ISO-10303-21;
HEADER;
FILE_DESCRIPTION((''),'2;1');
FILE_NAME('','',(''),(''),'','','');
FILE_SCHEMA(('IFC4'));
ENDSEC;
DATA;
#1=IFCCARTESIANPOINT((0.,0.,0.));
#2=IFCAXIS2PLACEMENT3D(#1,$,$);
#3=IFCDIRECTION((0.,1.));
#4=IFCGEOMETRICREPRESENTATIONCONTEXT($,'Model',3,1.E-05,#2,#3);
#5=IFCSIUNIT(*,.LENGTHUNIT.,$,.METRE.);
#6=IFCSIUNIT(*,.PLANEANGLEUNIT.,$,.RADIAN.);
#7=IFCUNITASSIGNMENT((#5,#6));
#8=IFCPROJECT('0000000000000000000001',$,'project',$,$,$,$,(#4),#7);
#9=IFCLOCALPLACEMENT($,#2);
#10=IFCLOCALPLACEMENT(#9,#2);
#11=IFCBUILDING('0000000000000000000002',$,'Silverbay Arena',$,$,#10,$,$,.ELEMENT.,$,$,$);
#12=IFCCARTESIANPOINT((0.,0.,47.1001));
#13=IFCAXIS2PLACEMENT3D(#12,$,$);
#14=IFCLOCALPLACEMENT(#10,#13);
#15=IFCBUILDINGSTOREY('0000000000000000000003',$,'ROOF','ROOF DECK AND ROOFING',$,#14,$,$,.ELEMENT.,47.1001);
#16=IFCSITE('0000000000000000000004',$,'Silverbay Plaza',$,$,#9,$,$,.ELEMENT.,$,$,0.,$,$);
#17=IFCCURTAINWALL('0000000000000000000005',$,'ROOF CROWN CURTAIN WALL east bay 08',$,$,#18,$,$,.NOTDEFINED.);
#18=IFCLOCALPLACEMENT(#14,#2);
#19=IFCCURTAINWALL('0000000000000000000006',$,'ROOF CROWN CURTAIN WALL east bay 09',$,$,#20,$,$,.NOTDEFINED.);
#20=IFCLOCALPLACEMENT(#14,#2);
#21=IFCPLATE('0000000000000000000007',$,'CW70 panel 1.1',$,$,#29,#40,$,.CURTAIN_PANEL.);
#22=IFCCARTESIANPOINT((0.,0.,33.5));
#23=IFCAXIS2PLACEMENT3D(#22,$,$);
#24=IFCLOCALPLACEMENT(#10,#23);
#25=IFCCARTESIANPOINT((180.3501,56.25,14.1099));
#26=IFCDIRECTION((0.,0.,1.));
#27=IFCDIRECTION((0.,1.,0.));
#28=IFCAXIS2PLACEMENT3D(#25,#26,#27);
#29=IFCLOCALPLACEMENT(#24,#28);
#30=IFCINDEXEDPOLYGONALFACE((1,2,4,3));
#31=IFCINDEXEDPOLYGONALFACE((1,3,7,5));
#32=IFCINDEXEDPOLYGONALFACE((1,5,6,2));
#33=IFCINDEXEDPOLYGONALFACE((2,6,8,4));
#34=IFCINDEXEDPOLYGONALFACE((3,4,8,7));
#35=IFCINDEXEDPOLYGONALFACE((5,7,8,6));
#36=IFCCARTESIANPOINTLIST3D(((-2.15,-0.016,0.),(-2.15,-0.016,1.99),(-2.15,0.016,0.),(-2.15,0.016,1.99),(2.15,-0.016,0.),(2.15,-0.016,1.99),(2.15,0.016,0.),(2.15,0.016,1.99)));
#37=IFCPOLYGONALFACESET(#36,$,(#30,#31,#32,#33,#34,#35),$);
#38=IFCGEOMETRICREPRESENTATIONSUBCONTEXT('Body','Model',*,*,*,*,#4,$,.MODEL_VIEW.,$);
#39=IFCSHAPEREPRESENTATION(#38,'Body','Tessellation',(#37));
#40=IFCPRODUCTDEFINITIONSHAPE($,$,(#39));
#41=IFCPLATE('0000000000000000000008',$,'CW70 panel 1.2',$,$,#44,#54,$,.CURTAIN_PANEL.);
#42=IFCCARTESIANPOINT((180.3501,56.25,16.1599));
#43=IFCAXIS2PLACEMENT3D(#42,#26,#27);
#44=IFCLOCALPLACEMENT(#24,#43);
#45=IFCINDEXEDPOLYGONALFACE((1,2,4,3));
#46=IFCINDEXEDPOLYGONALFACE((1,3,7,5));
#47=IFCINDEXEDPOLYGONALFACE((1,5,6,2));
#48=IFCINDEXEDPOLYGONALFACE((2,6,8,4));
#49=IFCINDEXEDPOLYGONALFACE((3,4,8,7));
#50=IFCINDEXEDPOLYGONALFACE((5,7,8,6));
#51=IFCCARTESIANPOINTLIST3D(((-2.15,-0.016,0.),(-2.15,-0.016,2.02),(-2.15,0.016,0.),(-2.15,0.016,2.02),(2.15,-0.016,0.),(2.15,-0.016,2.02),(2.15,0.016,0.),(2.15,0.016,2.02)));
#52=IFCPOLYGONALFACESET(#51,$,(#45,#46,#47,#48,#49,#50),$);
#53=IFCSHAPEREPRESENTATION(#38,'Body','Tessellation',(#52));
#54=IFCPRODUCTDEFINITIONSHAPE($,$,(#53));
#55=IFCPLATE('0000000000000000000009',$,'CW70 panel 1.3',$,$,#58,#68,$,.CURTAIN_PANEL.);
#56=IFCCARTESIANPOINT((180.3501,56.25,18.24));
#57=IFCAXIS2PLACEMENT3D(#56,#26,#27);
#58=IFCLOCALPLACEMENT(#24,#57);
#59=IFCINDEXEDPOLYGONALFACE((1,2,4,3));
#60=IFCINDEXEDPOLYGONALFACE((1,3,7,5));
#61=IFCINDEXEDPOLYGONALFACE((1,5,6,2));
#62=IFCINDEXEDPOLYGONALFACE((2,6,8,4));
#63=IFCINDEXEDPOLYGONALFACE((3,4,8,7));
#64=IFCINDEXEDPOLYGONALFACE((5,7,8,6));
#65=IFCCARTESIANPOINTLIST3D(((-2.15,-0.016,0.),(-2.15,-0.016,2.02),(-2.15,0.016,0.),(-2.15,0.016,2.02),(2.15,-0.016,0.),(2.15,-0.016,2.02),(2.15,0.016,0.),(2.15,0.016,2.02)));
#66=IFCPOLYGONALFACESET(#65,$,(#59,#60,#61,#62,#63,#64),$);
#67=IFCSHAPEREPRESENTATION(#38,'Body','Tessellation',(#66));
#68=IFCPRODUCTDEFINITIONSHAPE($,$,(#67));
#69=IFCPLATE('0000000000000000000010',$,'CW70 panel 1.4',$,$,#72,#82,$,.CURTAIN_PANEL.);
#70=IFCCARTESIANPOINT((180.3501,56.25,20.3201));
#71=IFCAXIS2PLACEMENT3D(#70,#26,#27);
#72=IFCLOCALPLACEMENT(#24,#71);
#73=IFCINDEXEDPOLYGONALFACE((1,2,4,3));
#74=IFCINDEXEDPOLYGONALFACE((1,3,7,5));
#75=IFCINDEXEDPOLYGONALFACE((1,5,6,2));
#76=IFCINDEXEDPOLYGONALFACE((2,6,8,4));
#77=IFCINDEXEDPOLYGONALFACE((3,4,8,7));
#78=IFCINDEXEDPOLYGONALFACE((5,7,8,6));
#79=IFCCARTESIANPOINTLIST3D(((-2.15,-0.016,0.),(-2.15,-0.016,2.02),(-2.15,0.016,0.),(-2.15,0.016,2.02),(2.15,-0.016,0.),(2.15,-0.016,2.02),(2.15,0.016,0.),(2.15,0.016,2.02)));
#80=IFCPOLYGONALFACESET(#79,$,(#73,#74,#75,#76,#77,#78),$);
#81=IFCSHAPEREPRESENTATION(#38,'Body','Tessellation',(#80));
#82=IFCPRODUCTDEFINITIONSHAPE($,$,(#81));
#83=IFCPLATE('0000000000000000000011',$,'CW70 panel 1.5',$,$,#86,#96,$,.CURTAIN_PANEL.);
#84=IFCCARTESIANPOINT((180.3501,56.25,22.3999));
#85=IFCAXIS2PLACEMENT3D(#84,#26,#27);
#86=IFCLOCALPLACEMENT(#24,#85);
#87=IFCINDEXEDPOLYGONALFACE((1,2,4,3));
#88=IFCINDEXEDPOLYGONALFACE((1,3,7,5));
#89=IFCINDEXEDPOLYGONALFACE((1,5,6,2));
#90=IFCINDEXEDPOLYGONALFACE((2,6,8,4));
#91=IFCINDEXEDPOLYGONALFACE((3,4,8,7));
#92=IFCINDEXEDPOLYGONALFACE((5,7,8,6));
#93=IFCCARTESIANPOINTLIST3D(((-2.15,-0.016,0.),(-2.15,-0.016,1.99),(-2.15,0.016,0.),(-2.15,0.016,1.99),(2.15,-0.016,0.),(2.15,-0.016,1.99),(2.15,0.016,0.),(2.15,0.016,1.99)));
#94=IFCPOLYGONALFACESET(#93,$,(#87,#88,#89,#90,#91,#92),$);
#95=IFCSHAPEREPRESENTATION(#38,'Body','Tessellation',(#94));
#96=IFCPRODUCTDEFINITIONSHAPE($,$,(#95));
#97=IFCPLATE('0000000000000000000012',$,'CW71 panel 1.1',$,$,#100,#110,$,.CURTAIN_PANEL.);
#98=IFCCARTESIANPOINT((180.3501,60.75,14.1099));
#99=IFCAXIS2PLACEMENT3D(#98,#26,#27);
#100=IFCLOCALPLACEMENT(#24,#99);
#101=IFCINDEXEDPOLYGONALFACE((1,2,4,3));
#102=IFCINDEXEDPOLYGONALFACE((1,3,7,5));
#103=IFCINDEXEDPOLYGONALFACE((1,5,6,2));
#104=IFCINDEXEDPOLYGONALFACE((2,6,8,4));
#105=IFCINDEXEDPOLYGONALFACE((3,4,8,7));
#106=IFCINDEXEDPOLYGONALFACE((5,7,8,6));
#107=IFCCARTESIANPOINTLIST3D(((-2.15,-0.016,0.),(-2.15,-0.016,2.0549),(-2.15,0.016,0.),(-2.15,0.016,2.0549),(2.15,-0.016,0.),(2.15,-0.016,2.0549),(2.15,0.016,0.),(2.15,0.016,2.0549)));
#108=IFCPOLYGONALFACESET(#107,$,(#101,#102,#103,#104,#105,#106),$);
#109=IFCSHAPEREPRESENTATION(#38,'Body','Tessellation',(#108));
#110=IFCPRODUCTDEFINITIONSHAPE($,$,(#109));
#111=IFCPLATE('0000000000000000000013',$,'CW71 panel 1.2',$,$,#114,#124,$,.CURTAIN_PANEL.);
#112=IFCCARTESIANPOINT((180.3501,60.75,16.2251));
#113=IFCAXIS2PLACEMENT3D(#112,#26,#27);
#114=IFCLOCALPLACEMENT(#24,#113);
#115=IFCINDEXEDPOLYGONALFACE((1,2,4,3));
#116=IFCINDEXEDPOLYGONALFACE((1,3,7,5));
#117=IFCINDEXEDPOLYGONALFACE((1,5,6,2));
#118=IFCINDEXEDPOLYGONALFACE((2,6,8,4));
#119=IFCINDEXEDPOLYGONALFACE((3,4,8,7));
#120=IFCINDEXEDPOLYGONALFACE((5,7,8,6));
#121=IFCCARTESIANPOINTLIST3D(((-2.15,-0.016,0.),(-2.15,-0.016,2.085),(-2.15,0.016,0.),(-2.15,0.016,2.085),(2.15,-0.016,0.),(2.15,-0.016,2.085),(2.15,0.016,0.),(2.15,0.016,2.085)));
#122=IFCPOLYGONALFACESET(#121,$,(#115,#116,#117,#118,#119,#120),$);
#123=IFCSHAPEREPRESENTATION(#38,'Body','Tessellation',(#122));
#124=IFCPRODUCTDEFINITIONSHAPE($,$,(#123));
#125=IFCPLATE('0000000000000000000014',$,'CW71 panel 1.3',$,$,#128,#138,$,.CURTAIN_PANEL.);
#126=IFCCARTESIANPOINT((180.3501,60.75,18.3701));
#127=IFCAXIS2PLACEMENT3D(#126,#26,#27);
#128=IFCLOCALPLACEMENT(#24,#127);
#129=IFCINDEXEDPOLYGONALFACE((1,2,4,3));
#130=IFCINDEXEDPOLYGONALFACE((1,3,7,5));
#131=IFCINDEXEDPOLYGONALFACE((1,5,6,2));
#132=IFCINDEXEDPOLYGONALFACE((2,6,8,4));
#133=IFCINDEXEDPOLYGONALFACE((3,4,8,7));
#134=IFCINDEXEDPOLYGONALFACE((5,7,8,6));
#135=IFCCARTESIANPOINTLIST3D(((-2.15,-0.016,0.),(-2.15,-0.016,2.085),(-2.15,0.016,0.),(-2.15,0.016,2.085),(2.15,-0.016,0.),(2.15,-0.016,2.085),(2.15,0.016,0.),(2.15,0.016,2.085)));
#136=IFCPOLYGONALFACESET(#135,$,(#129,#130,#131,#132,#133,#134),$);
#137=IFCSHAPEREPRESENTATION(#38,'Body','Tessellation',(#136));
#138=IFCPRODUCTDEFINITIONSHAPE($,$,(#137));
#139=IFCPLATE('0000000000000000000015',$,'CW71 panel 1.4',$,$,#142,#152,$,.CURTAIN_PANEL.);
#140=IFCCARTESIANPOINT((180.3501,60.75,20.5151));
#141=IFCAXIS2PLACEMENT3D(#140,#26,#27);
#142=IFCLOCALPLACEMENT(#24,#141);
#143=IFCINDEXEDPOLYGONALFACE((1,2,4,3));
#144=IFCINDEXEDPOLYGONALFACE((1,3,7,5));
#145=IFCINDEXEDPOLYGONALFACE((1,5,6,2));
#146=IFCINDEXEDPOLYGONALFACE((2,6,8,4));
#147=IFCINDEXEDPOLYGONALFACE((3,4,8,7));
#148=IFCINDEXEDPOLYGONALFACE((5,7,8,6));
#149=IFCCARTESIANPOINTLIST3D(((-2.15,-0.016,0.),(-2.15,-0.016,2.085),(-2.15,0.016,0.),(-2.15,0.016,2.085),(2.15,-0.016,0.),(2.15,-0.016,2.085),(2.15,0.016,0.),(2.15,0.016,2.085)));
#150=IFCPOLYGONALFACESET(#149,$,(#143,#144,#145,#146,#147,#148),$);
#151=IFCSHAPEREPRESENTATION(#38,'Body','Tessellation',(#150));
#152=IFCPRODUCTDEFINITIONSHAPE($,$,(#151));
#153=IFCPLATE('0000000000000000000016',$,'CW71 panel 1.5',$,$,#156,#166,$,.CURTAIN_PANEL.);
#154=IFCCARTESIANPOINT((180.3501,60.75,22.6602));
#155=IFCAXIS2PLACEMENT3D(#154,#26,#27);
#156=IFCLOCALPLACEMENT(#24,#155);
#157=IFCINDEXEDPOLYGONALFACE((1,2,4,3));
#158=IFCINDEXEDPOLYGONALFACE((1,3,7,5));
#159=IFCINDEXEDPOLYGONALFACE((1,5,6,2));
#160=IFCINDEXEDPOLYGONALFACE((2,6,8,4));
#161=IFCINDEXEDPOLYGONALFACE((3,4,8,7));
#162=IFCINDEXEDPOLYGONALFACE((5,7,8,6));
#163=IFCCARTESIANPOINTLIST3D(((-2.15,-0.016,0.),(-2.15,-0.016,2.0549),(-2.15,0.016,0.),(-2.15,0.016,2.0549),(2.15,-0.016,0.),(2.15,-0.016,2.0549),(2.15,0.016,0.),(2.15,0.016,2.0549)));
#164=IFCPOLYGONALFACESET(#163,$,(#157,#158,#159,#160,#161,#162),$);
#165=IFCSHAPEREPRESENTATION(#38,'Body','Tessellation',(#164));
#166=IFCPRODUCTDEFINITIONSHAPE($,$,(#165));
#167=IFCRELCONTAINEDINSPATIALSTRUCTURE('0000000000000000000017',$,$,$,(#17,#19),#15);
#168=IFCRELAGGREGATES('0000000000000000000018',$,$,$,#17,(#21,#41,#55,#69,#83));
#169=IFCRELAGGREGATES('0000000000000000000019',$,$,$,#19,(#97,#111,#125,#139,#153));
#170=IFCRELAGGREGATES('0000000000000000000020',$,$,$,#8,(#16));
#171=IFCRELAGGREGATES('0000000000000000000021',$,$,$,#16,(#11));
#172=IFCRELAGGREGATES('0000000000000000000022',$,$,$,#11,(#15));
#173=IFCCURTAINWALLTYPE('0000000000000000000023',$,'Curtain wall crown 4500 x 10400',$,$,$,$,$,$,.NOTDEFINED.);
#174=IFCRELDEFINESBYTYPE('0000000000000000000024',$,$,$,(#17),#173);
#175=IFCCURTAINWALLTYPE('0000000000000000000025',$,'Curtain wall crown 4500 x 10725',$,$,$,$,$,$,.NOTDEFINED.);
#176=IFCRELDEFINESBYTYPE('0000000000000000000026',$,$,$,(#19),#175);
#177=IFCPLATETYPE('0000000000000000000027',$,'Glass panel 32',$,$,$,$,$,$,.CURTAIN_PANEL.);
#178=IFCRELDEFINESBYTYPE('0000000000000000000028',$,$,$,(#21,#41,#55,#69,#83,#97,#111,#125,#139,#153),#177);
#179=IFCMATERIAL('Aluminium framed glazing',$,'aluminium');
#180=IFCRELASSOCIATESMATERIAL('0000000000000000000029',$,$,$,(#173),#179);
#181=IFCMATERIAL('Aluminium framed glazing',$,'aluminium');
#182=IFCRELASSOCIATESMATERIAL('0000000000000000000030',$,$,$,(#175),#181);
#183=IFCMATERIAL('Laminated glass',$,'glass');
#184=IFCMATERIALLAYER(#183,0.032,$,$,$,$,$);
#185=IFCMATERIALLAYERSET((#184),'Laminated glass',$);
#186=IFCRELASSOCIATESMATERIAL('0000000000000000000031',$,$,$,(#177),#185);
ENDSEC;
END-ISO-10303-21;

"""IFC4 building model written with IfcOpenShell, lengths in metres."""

from ifc_helpers import new_model, si_unit, direction, frame, origin, origin_2d, place, context, subcontext, project, spatial, rectangle, extrude, material, layer, layer_set, type_object, element, aggregate, save


model = new_model("IFC4")

# Units and contexts
model_context = context("Model", 3, precision=1e-05, world=origin(), true_north=direction((0.0, 1.0)))
body_context = subcontext(model_context, "Body", "Model", "MODEL_VIEW")
ifc_project = project(units=[si_unit("LENGTHUNIT", "METRE"), si_unit("PLANEANGLEUNIT", "RADIAN")], contexts=[model_context])

# Site, building, storey
site_placement = place(None, origin())
site = spatial("IfcSite", under=ifc_project, at=site_placement, Name="Silverbay Plaza", CompositionType="ELEMENT", RefElevation=0.0)
building_placement = place(site_placement, origin())
building = spatial("IfcBuilding", under=site, at=building_placement, Name="Silverbay Arena", CompositionType="ELEMENT")
storey_placement = place(building_placement, frame((0.0, 0.0, 47.1001)))
storey = spatial("IfcBuildingStorey", under=building, at=storey_placement, Name="ROOF", Description="ROOF DECK AND ROOFING", CompositionType="ELEMENT", Elevation=47.1001)

# Curtain wall
ifc_material_1 = material(Name="Aluminium framed glazing", Category="aluminium")
curtain_wall_type_1 = type_object("IfcCurtainWallType", Name="Curtain wall crown 4500 x 10400", PredefinedType="NOTDEFINED", material=ifc_material_1)
curtain_wall_1_placement = place(storey_placement, origin())
curtain_wall_1 = element("IfcCurtainWall", 1, at=curtain_wall_1_placement, inside=storey, type_object=curtain_wall_type_1, Name="ROOF CROWN CURTAIN WALL east bay 08", PredefinedType="NOTDEFINED")
placement = place(building_placement, frame((0.0, 0.0, 33.5)))

# Curtain wall
ifc_material_2 = material(Name="Aluminium framed glazing", Category="aluminium")
curtain_wall_type_2 = type_object("IfcCurtainWallType", Name="Curtain wall crown 4500 x 10725", PredefinedType="NOTDEFINED", material=ifc_material_2)
curtain_wall_2_placement = place(storey_placement, origin())
curtain_wall_2 = element("IfcCurtainWall", 2, at=curtain_wall_2_placement, inside=storey, type_object=curtain_wall_type_2, Name="ROOF CROWN CURTAIN WALL east bay 09", PredefinedType="NOTDEFINED")

# Plates
ifc_material_3 = material(Name="Laminated glass", Category="glass")
ifc_layer_1 = layer(ifc_material_3, 0.032)
ifc_layer_set_1 = layer_set([ifc_layer_1], Name="Laminated glass")
plate_type = type_object("IfcPlateType", Name="Glass panel 32", PredefinedType="CURTAIN_PANEL", material=ifc_layer_set_1)
plate_1_placement = place(placement, frame((180.3501, 56.25, 14.1099), z_axis=(0.0, 0.0, 1.0), x_axis=(0.0, 1.0, 0.0)))
plate_1 = element("IfcPlate", 3, at=plate_1_placement, type_object=plate_type, Name="CW70 panel 1.1", PredefinedType="CURTAIN_PANEL", context=body_context, shape_type="SweptSolid", body=[
    extrude(rectangle(XDim=4.3, YDim=0.032, at=origin_2d()), origin(), (0.0, 0.0, 1.0), 1.99),
])
plate_2_placement = place(placement, frame((180.3501, 56.25, 16.1599), z_axis=(0.0, 0.0, 1.0), x_axis=(0.0, 1.0, 0.0)))
plate_2 = element("IfcPlate", 4, at=plate_2_placement, type_object=plate_type, Name="CW70 panel 1.2", PredefinedType="CURTAIN_PANEL", context=body_context, shape_type="SweptSolid", body=[
    extrude(rectangle(XDim=4.3, YDim=0.032, at=origin_2d()), origin(), (0.0, 0.0, 1.0), 2.02),
])
plate_3_placement = place(placement, frame((180.3501, 56.25, 18.24), z_axis=(0.0, 0.0, 1.0), x_axis=(0.0, 1.0, 0.0)))
plate_3 = element("IfcPlate", 5, at=plate_3_placement, type_object=plate_type, Name="CW70 panel 1.3", PredefinedType="CURTAIN_PANEL", context=body_context, shape_type="SweptSolid", body=[
    extrude(rectangle(XDim=4.3, YDim=0.032, at=origin_2d()), origin(), (0.0, 0.0, 1.0), 2.02),
])
plate_4_placement = place(placement, frame((180.3501, 56.25, 20.3201), z_axis=(0.0, 0.0, 1.0), x_axis=(0.0, 1.0, 0.0)))
plate_4 = element("IfcPlate", 6, at=plate_4_placement, type_object=plate_type, Name="CW70 panel 1.4", PredefinedType="CURTAIN_PANEL", context=body_context, shape_type="SweptSolid", body=[
    extrude(rectangle(XDim=4.3, YDim=0.032, at=origin_2d()), origin(), (0.0, 0.0, 1.0), 2.02),
])
plate_5_placement = place(placement, frame((180.3501, 56.25, 22.3999), z_axis=(0.0, 0.0, 1.0), x_axis=(0.0, 1.0, 0.0)))
plate_5 = element("IfcPlate", 7, at=plate_5_placement, type_object=plate_type, Name="CW70 panel 1.5", PredefinedType="CURTAIN_PANEL", context=body_context, shape_type="SweptSolid", body=[
    extrude(rectangle(XDim=4.3, YDim=0.032, at=origin_2d()), origin(), (0.0, 0.0, 1.0), 1.99),
])
aggregate(curtain_wall_1, [plate_1, plate_2, plate_3, plate_4, plate_5])
plate_6_placement = place(placement, frame((180.3501, 60.75, 14.1099), z_axis=(0.0, 0.0, 1.0), x_axis=(0.0, 1.0, 0.0)))
plate_6 = element("IfcPlate", 8, at=plate_6_placement, type_object=plate_type, Name="CW71 panel 1.1", PredefinedType="CURTAIN_PANEL", context=body_context, shape_type="SweptSolid", body=[
    extrude(rectangle(XDim=4.3, YDim=0.032, at=origin_2d()), origin(), (0.0, 0.0, 1.0), 2.0549),
])
plate_7_placement = place(placement, frame((180.3501, 60.75, 16.2251), z_axis=(0.0, 0.0, 1.0), x_axis=(0.0, 1.0, 0.0)))
plate_7 = element("IfcPlate", 9, at=plate_7_placement, type_object=plate_type, Name="CW71 panel 1.2", PredefinedType="CURTAIN_PANEL", context=body_context, shape_type="SweptSolid", body=[
    extrude(rectangle(XDim=4.3, YDim=0.032, at=origin_2d()), origin(), (0.0, 0.0, 1.0), 2.085),
])
plate_8_placement = place(placement, frame((180.3501, 60.75, 18.3701), z_axis=(0.0, 0.0, 1.0), x_axis=(0.0, 1.0, 0.0)))
plate_8 = element("IfcPlate", 10, at=plate_8_placement, type_object=plate_type, Name="CW71 panel 1.3", PredefinedType="CURTAIN_PANEL", context=body_context, shape_type="SweptSolid", body=[
    extrude(rectangle(XDim=4.3, YDim=0.032, at=origin_2d()), origin(), (0.0, 0.0, 1.0), 2.085),
])
plate_9_placement = place(placement, frame((180.3501, 60.75, 20.5151), z_axis=(0.0, 0.0, 1.0), x_axis=(0.0, 1.0, 0.0)))
plate_9 = element("IfcPlate", 11, at=plate_9_placement, type_object=plate_type, Name="CW71 panel 1.4", PredefinedType="CURTAIN_PANEL", context=body_context, shape_type="SweptSolid", body=[
    extrude(rectangle(XDim=4.3, YDim=0.032, at=origin_2d()), origin(), (0.0, 0.0, 1.0), 2.085),
])
plate_10_placement = place(placement, frame((180.3501, 60.75, 22.6602), z_axis=(0.0, 0.0, 1.0), x_axis=(0.0, 1.0, 0.0)))
plate_10 = element("IfcPlate", 12, at=plate_10_placement, type_object=plate_type, Name="CW71 panel 1.5", PredefinedType="CURTAIN_PANEL", context=body_context, shape_type="SweptSolid", body=[
    extrude(rectangle(XDim=4.3, YDim=0.032, at=origin_2d()), origin(), (0.0, 0.0, 1.0), 2.0549),
])
aggregate(curtain_wall_2, [plate_6, plate_7, plate_8, plate_9, plate_10])

save(model, "model.ifc")
